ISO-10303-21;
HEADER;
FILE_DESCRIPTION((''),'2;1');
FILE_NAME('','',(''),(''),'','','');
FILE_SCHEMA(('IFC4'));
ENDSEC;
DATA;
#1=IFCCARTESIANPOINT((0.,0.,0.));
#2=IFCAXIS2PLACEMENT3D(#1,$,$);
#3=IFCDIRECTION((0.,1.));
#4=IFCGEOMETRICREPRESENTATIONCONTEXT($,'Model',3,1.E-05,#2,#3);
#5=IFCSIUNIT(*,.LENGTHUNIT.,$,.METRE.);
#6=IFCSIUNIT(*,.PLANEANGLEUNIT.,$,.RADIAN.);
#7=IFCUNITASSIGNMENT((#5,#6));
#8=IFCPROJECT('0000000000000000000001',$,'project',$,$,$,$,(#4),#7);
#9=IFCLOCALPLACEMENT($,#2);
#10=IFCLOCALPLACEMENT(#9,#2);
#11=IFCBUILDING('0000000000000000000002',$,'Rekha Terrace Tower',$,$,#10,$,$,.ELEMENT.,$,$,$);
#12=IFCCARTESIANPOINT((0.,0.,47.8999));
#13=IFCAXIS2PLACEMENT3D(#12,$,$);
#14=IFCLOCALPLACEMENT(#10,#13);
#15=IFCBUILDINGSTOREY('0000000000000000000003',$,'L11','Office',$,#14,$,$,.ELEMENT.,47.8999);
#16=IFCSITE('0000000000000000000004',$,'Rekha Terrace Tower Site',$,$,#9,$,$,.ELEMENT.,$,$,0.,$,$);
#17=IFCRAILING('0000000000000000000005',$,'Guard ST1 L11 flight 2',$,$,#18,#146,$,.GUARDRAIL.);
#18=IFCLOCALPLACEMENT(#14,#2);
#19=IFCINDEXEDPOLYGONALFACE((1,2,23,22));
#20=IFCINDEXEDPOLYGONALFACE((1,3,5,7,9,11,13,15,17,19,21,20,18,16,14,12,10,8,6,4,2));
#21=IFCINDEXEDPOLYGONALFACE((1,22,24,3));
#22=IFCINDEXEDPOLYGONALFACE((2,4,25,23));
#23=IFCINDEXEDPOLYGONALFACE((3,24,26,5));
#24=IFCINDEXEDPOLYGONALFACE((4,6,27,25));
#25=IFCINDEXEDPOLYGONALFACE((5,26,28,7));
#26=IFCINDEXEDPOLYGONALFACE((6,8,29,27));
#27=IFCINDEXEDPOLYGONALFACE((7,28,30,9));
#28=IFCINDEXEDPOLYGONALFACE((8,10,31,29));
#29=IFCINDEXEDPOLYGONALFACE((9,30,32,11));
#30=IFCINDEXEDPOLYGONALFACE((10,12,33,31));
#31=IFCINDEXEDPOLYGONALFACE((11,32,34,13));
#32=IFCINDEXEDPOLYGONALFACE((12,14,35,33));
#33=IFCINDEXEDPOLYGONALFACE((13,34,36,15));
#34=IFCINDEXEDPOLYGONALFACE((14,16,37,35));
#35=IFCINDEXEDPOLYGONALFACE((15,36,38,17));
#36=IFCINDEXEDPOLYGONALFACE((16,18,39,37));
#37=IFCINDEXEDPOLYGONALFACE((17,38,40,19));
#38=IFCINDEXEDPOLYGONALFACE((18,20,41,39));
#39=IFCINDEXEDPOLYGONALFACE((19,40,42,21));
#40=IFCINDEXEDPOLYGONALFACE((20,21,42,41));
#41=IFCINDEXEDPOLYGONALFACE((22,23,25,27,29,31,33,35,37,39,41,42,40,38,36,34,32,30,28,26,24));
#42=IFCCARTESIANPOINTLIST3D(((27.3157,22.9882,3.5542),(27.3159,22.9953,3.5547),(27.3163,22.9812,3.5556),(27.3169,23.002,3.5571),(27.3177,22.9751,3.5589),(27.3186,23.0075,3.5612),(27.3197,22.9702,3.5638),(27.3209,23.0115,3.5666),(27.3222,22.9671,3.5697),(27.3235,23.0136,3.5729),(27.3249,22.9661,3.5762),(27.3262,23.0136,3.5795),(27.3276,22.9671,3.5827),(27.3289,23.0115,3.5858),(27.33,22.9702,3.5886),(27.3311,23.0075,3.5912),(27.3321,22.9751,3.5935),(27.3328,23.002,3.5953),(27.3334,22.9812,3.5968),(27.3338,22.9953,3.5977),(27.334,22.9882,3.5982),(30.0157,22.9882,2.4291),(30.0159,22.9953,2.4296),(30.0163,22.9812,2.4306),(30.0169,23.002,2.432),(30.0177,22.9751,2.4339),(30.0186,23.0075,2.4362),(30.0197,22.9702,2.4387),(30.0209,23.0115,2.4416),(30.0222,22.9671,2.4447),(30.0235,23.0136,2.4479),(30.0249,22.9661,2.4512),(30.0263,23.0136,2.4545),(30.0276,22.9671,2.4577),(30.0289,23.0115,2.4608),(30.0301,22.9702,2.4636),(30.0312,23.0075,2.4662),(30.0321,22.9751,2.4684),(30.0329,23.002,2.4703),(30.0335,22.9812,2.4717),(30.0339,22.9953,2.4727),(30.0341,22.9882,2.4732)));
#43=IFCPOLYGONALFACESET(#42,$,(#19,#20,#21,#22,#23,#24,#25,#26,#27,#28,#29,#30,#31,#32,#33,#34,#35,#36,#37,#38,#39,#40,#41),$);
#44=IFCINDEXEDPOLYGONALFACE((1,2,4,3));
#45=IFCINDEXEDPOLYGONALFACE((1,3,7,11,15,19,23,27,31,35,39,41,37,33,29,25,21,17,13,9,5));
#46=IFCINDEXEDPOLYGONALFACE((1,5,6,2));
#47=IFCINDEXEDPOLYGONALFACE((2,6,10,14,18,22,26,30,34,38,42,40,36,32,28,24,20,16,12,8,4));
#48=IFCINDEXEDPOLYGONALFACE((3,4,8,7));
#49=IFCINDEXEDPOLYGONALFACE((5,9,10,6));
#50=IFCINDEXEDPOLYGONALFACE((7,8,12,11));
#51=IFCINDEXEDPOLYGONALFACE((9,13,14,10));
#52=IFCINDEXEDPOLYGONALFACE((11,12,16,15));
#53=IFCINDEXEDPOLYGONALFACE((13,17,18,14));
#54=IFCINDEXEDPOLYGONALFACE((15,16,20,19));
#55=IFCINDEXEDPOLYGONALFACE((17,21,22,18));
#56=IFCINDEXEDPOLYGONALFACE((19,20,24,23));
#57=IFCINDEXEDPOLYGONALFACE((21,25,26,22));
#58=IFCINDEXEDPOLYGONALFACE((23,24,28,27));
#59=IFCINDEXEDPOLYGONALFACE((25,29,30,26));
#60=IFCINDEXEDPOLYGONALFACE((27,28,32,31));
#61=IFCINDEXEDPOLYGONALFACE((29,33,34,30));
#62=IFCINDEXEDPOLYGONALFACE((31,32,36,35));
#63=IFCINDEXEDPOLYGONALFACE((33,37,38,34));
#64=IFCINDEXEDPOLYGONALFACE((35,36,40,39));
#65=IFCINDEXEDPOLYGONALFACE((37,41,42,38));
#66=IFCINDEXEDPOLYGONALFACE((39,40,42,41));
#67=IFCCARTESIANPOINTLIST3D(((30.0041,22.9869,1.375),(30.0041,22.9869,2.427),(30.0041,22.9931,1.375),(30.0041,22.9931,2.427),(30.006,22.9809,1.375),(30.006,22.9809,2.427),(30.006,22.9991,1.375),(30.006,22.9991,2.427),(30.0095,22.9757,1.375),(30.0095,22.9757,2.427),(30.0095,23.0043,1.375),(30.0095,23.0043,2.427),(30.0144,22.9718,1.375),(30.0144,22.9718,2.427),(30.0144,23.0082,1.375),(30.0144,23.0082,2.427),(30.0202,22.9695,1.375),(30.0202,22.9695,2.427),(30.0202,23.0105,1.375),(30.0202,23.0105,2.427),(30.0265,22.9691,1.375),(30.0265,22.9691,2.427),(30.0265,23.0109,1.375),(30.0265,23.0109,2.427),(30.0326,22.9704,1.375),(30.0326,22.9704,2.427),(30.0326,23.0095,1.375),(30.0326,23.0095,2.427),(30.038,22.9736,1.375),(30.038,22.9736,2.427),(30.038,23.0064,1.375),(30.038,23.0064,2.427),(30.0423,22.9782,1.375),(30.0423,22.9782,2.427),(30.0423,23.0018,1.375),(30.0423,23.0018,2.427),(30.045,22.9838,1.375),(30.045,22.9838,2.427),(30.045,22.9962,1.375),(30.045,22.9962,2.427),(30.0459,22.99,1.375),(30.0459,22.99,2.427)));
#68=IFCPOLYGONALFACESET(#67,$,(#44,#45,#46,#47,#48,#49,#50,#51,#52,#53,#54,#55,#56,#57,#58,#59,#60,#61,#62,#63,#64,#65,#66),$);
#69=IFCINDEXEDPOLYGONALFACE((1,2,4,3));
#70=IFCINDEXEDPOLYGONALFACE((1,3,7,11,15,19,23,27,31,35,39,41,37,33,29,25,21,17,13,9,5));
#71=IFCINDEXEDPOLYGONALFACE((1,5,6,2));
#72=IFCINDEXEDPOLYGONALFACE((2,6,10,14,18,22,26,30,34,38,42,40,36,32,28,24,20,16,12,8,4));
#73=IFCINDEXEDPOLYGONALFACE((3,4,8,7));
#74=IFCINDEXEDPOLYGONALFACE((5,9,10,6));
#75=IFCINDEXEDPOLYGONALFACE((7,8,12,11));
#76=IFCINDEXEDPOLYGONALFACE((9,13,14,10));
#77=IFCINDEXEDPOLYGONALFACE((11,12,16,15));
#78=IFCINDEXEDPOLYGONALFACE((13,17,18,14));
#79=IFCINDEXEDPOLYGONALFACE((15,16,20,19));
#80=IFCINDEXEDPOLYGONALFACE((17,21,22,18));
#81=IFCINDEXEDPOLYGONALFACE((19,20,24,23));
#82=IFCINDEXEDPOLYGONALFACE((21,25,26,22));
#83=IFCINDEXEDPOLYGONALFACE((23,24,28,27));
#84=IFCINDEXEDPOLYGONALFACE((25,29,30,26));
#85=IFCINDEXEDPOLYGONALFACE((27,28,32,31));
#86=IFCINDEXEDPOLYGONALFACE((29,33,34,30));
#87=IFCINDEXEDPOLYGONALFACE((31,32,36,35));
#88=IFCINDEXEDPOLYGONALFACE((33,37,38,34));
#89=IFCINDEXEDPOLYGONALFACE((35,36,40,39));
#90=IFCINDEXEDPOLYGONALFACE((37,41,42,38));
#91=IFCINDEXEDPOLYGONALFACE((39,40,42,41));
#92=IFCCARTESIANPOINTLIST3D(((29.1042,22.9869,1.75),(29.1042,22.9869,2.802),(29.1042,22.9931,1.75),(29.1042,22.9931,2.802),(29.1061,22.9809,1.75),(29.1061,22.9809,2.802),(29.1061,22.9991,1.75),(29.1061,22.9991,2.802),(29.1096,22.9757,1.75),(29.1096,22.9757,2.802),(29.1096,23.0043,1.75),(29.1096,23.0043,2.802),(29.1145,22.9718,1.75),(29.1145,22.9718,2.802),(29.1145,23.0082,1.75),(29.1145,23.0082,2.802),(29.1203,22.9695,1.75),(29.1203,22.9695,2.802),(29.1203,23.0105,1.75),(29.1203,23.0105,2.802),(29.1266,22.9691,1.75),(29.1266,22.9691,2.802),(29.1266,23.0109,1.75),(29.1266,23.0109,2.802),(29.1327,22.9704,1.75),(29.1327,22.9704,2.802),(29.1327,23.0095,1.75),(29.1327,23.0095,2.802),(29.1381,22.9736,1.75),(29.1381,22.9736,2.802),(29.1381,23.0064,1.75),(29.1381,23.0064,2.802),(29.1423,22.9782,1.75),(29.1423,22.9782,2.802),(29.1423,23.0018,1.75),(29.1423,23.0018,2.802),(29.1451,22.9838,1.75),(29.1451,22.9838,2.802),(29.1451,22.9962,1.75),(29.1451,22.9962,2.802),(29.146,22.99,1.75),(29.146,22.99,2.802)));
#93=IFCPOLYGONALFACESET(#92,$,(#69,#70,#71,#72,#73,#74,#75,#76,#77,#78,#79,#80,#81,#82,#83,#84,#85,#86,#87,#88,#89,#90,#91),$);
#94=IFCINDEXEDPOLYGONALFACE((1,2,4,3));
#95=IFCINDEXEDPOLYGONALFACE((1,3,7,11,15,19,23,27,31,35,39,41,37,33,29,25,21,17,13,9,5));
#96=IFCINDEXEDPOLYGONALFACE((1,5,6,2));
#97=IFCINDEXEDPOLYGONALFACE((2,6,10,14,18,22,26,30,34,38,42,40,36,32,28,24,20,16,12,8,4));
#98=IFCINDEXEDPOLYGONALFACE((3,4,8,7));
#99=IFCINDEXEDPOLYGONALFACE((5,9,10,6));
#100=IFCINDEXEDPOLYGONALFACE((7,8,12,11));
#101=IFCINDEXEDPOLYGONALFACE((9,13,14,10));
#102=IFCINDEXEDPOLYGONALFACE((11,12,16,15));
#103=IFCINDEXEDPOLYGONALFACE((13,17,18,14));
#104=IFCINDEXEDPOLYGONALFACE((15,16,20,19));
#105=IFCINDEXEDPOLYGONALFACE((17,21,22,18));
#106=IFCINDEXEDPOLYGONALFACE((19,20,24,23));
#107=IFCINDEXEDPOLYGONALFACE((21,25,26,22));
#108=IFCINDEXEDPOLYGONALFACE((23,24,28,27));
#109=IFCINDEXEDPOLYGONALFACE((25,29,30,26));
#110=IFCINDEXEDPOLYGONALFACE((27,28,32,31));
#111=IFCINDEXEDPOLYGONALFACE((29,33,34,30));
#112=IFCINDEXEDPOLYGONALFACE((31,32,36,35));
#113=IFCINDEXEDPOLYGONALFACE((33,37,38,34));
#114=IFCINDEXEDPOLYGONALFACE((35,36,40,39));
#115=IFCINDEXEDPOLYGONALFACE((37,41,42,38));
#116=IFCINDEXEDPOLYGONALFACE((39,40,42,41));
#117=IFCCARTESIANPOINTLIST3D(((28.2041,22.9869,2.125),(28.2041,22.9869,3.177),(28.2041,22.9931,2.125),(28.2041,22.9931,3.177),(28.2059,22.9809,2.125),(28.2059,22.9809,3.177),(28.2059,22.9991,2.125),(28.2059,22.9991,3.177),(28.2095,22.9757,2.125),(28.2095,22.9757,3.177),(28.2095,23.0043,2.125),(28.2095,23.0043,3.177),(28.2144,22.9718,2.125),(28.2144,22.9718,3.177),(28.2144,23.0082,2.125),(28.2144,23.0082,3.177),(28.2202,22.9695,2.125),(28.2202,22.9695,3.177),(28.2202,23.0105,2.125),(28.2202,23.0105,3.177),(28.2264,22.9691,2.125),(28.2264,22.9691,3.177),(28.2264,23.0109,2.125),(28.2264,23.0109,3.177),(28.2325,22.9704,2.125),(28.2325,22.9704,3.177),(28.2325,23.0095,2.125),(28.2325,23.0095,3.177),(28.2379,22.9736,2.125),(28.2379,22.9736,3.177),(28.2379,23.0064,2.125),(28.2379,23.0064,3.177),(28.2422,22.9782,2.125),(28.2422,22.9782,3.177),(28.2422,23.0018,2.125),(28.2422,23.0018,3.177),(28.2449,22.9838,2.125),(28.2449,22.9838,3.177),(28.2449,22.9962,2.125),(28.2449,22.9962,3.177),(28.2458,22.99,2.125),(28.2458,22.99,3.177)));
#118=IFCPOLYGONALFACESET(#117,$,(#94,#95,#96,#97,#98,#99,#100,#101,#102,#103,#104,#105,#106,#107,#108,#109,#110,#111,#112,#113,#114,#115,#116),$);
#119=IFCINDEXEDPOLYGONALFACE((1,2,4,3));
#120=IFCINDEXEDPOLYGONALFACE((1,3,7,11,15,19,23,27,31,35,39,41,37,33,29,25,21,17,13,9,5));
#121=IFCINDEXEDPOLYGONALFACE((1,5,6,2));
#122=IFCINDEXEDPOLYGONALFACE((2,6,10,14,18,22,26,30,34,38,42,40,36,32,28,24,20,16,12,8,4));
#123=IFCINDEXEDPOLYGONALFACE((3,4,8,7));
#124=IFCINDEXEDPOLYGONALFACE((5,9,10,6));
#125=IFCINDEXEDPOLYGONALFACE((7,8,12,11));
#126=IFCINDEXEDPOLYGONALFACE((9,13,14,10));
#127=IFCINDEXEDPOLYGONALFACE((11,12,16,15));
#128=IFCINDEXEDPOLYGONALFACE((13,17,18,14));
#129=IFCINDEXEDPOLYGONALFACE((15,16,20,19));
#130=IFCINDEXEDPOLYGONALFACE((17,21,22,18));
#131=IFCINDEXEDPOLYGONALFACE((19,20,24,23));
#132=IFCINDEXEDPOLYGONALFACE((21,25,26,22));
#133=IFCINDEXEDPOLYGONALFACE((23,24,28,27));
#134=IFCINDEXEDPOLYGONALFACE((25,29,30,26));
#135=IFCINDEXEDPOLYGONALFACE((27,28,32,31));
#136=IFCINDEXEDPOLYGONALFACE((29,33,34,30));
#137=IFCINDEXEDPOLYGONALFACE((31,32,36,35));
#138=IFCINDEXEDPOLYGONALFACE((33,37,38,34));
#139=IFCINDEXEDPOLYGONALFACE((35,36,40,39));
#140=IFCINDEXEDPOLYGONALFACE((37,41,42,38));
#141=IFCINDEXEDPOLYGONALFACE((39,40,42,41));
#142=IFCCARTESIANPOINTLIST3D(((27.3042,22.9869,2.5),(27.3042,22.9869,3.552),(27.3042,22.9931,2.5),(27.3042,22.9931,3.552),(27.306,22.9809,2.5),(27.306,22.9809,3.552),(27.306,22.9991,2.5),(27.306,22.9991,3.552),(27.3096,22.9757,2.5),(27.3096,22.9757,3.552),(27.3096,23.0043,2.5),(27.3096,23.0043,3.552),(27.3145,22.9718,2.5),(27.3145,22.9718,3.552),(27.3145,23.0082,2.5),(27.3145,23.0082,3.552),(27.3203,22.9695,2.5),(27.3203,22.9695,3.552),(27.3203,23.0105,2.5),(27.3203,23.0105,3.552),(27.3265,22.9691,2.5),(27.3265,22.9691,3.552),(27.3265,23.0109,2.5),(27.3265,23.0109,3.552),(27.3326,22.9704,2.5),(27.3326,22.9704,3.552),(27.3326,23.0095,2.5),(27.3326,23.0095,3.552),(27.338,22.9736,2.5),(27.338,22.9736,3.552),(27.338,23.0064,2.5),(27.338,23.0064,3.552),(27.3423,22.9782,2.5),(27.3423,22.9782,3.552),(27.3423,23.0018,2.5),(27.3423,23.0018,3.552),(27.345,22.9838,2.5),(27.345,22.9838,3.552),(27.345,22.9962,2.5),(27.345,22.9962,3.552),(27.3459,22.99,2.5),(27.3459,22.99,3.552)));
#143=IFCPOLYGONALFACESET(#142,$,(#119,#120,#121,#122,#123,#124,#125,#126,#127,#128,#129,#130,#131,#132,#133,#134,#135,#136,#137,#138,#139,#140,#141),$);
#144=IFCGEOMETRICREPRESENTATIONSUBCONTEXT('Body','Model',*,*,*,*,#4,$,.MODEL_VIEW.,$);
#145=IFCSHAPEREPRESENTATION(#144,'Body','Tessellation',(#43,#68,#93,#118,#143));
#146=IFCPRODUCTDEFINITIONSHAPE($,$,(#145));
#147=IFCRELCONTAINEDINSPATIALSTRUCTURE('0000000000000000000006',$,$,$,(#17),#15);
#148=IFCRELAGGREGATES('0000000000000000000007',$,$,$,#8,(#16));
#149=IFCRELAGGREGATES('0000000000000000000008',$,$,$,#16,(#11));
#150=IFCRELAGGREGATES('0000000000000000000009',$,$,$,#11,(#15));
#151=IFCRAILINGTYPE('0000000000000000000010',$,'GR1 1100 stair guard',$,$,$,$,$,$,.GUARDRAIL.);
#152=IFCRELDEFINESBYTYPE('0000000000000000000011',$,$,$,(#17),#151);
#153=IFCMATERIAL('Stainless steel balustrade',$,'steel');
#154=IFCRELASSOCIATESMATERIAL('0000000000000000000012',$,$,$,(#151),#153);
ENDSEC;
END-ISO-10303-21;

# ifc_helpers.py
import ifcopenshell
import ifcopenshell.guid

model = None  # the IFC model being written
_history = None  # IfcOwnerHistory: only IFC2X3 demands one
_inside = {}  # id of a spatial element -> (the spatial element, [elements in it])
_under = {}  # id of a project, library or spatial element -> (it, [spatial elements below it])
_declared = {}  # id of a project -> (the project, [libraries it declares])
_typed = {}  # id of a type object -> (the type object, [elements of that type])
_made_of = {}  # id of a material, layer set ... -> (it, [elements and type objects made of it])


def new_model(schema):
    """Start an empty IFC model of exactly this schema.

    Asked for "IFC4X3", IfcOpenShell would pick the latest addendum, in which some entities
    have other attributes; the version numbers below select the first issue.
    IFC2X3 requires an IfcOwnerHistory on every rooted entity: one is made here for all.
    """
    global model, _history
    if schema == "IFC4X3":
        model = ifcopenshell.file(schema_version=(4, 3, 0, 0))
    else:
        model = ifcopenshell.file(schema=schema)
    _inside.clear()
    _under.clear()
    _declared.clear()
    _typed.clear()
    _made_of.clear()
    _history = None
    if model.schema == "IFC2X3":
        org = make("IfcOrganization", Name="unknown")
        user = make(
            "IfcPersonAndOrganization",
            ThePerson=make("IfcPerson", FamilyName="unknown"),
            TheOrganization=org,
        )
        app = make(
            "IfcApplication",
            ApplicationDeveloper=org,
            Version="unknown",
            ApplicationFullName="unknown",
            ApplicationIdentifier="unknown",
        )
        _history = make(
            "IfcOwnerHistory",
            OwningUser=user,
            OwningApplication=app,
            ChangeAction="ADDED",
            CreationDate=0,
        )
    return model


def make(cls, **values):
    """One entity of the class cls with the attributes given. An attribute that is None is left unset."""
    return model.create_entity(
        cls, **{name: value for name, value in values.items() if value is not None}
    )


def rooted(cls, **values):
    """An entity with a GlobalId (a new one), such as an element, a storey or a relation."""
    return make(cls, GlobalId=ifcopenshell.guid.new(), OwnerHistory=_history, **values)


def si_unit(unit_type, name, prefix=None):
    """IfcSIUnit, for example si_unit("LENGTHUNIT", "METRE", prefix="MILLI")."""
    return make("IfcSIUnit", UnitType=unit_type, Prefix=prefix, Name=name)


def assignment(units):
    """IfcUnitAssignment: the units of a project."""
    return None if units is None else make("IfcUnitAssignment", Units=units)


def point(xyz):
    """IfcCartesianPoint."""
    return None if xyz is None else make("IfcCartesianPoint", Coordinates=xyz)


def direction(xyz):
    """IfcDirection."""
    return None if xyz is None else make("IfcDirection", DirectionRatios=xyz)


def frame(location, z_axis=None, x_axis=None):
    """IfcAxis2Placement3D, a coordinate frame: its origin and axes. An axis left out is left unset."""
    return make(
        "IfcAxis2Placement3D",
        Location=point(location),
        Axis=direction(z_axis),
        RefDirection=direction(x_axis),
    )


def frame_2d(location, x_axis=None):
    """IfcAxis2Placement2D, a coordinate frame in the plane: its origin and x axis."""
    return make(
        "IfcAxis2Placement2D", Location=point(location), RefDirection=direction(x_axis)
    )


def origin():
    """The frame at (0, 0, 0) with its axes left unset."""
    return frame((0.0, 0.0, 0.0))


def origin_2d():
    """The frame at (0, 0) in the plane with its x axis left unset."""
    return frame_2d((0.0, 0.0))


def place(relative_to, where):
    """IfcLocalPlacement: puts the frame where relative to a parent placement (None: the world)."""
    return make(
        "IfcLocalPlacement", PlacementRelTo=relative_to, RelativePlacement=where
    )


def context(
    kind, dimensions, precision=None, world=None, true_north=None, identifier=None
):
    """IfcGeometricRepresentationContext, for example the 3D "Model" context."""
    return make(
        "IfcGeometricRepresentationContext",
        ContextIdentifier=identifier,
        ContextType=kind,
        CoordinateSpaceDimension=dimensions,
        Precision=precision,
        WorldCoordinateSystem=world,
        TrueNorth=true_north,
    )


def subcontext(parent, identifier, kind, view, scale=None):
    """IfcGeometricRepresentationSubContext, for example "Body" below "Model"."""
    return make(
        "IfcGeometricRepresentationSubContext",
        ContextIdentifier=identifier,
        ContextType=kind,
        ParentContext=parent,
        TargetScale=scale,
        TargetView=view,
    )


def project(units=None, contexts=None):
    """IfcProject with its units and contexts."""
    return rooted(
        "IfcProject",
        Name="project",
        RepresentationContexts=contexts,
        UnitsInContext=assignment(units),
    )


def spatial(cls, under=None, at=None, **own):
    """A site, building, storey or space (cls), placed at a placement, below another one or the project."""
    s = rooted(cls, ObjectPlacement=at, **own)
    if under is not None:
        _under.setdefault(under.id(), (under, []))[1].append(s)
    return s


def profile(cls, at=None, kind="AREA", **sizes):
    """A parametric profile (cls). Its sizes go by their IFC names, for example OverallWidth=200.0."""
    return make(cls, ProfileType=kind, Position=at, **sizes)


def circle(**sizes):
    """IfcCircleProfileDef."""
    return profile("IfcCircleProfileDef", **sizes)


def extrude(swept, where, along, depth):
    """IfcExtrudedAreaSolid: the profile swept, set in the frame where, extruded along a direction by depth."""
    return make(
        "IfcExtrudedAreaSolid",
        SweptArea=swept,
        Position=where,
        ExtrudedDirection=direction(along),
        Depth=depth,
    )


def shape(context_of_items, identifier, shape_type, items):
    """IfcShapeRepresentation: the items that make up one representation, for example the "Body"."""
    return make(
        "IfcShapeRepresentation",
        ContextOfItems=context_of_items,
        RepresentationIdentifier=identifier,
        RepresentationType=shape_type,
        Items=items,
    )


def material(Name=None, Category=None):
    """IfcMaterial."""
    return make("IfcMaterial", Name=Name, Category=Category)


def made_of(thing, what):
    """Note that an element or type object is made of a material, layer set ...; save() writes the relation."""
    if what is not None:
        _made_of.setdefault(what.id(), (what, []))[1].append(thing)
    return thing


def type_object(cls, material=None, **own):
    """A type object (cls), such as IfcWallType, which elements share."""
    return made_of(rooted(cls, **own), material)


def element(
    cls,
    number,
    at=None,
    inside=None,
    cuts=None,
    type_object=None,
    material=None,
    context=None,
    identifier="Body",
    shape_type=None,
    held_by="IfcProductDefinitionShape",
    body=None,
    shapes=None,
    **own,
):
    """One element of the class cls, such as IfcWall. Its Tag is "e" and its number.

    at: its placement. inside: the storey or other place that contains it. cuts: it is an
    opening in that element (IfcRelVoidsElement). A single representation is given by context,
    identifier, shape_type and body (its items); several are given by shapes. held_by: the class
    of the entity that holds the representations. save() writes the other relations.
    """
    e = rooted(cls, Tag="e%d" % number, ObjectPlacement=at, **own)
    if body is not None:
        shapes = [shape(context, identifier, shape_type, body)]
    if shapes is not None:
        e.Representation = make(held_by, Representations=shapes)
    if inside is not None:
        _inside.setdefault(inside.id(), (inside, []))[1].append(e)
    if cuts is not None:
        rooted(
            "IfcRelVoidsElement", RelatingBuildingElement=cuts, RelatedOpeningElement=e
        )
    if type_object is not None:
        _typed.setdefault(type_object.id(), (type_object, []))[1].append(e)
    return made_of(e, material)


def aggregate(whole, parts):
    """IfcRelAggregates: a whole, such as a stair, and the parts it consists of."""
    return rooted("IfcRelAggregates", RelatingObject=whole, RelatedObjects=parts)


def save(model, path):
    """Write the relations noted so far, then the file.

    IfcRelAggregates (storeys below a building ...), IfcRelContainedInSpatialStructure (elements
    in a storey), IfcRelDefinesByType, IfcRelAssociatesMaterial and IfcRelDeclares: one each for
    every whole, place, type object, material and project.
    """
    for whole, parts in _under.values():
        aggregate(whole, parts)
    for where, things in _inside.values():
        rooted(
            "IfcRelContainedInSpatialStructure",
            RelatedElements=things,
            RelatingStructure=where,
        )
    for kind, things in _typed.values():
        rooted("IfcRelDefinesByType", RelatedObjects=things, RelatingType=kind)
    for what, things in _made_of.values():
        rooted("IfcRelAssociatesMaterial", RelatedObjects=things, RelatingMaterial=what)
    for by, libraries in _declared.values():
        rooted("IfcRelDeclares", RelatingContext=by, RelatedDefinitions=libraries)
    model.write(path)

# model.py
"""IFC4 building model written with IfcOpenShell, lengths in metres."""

from ifc_helpers import new_model, si_unit, direction, frame, origin, origin_2d, place, context, subcontext, project, spatial, circle, extrude, material, type_object, element, save


model = new_model("IFC4")

# Units and contexts
model_context = context("Model", 3, precision=1e-05, world=origin(), true_north=direction((0.0, 1.0)))
body_context = subcontext(model_context, "Body", "Model", "MODEL_VIEW")
ifc_project = project(units=[si_unit("LENGTHUNIT", "METRE"), si_unit("PLANEANGLEUNIT", "RADIAN")], contexts=[model_context])

# Site, building, storey
site_placement = place(None, origin())
site = spatial("IfcSite", under=ifc_project, at=site_placement, Name="Rekha Terrace Tower Site", CompositionType="ELEMENT", RefElevation=0.0)
building_placement = place(site_placement, origin())
building = spatial("IfcBuilding", under=site, at=building_placement, Name="Rekha Terrace Tower", CompositionType="ELEMENT")
storey_placement = place(building_placement, frame((0.0, 0.0, 47.8999)))
storey = spatial("IfcBuildingStorey", under=building, at=storey_placement, Name="L11", Description="Office", CompositionType="ELEMENT", Elevation=47.8999)

# Railing
ifc_material_1 = material(Name="Stainless steel balustrade", Category="steel")
railing_type_1 = type_object("IfcRailingType", Name="GR1 1100 stair guard", PredefinedType="GUARDRAIL", material=ifc_material_1)
railing_1_placement = place(storey_placement, frame((30.0249, 22.99, 1.375)))
element("IfcRailing", 1, at=railing_1_placement, inside=storey, type_object=railing_type_1, Name="Guard ST1 L11 flight 2", PredefinedType="GUARDRAIL", context=body_context, shape_type="SweptSolid", body=[
    extrude(circle(Radius=0.0239, at=origin_2d()), frame((0.0, 0.0, 1.0762), z_axis=(-0.923074, 0.0, 0.384621), x_axis=(0.0, -1.0, 0.0)), (0.0, 0.0, 1.0), 2.925),
    extrude(circle(Radius=0.021, at=origin_2d()), origin(), (0.0, 0.0, 1.0), 1.052),
    extrude(circle(Radius=0.021, at=origin_2d()), frame((-0.8999, 0.0, 0.375)), (0.0, 0.0, 1.0), 1.052),
    extrude(circle(Radius=0.021, at=origin_2d()), frame((-1.8, 0.0, 0.75)), (0.0, 0.0, 1.0), 1.052),
    extrude(circle(Radius=0.021, at=origin_2d()), frame((-2.7, 0.0, 1.125)), (0.0, 0.0, 1.0), 1.052),
])

save(model, "model.ifc")
